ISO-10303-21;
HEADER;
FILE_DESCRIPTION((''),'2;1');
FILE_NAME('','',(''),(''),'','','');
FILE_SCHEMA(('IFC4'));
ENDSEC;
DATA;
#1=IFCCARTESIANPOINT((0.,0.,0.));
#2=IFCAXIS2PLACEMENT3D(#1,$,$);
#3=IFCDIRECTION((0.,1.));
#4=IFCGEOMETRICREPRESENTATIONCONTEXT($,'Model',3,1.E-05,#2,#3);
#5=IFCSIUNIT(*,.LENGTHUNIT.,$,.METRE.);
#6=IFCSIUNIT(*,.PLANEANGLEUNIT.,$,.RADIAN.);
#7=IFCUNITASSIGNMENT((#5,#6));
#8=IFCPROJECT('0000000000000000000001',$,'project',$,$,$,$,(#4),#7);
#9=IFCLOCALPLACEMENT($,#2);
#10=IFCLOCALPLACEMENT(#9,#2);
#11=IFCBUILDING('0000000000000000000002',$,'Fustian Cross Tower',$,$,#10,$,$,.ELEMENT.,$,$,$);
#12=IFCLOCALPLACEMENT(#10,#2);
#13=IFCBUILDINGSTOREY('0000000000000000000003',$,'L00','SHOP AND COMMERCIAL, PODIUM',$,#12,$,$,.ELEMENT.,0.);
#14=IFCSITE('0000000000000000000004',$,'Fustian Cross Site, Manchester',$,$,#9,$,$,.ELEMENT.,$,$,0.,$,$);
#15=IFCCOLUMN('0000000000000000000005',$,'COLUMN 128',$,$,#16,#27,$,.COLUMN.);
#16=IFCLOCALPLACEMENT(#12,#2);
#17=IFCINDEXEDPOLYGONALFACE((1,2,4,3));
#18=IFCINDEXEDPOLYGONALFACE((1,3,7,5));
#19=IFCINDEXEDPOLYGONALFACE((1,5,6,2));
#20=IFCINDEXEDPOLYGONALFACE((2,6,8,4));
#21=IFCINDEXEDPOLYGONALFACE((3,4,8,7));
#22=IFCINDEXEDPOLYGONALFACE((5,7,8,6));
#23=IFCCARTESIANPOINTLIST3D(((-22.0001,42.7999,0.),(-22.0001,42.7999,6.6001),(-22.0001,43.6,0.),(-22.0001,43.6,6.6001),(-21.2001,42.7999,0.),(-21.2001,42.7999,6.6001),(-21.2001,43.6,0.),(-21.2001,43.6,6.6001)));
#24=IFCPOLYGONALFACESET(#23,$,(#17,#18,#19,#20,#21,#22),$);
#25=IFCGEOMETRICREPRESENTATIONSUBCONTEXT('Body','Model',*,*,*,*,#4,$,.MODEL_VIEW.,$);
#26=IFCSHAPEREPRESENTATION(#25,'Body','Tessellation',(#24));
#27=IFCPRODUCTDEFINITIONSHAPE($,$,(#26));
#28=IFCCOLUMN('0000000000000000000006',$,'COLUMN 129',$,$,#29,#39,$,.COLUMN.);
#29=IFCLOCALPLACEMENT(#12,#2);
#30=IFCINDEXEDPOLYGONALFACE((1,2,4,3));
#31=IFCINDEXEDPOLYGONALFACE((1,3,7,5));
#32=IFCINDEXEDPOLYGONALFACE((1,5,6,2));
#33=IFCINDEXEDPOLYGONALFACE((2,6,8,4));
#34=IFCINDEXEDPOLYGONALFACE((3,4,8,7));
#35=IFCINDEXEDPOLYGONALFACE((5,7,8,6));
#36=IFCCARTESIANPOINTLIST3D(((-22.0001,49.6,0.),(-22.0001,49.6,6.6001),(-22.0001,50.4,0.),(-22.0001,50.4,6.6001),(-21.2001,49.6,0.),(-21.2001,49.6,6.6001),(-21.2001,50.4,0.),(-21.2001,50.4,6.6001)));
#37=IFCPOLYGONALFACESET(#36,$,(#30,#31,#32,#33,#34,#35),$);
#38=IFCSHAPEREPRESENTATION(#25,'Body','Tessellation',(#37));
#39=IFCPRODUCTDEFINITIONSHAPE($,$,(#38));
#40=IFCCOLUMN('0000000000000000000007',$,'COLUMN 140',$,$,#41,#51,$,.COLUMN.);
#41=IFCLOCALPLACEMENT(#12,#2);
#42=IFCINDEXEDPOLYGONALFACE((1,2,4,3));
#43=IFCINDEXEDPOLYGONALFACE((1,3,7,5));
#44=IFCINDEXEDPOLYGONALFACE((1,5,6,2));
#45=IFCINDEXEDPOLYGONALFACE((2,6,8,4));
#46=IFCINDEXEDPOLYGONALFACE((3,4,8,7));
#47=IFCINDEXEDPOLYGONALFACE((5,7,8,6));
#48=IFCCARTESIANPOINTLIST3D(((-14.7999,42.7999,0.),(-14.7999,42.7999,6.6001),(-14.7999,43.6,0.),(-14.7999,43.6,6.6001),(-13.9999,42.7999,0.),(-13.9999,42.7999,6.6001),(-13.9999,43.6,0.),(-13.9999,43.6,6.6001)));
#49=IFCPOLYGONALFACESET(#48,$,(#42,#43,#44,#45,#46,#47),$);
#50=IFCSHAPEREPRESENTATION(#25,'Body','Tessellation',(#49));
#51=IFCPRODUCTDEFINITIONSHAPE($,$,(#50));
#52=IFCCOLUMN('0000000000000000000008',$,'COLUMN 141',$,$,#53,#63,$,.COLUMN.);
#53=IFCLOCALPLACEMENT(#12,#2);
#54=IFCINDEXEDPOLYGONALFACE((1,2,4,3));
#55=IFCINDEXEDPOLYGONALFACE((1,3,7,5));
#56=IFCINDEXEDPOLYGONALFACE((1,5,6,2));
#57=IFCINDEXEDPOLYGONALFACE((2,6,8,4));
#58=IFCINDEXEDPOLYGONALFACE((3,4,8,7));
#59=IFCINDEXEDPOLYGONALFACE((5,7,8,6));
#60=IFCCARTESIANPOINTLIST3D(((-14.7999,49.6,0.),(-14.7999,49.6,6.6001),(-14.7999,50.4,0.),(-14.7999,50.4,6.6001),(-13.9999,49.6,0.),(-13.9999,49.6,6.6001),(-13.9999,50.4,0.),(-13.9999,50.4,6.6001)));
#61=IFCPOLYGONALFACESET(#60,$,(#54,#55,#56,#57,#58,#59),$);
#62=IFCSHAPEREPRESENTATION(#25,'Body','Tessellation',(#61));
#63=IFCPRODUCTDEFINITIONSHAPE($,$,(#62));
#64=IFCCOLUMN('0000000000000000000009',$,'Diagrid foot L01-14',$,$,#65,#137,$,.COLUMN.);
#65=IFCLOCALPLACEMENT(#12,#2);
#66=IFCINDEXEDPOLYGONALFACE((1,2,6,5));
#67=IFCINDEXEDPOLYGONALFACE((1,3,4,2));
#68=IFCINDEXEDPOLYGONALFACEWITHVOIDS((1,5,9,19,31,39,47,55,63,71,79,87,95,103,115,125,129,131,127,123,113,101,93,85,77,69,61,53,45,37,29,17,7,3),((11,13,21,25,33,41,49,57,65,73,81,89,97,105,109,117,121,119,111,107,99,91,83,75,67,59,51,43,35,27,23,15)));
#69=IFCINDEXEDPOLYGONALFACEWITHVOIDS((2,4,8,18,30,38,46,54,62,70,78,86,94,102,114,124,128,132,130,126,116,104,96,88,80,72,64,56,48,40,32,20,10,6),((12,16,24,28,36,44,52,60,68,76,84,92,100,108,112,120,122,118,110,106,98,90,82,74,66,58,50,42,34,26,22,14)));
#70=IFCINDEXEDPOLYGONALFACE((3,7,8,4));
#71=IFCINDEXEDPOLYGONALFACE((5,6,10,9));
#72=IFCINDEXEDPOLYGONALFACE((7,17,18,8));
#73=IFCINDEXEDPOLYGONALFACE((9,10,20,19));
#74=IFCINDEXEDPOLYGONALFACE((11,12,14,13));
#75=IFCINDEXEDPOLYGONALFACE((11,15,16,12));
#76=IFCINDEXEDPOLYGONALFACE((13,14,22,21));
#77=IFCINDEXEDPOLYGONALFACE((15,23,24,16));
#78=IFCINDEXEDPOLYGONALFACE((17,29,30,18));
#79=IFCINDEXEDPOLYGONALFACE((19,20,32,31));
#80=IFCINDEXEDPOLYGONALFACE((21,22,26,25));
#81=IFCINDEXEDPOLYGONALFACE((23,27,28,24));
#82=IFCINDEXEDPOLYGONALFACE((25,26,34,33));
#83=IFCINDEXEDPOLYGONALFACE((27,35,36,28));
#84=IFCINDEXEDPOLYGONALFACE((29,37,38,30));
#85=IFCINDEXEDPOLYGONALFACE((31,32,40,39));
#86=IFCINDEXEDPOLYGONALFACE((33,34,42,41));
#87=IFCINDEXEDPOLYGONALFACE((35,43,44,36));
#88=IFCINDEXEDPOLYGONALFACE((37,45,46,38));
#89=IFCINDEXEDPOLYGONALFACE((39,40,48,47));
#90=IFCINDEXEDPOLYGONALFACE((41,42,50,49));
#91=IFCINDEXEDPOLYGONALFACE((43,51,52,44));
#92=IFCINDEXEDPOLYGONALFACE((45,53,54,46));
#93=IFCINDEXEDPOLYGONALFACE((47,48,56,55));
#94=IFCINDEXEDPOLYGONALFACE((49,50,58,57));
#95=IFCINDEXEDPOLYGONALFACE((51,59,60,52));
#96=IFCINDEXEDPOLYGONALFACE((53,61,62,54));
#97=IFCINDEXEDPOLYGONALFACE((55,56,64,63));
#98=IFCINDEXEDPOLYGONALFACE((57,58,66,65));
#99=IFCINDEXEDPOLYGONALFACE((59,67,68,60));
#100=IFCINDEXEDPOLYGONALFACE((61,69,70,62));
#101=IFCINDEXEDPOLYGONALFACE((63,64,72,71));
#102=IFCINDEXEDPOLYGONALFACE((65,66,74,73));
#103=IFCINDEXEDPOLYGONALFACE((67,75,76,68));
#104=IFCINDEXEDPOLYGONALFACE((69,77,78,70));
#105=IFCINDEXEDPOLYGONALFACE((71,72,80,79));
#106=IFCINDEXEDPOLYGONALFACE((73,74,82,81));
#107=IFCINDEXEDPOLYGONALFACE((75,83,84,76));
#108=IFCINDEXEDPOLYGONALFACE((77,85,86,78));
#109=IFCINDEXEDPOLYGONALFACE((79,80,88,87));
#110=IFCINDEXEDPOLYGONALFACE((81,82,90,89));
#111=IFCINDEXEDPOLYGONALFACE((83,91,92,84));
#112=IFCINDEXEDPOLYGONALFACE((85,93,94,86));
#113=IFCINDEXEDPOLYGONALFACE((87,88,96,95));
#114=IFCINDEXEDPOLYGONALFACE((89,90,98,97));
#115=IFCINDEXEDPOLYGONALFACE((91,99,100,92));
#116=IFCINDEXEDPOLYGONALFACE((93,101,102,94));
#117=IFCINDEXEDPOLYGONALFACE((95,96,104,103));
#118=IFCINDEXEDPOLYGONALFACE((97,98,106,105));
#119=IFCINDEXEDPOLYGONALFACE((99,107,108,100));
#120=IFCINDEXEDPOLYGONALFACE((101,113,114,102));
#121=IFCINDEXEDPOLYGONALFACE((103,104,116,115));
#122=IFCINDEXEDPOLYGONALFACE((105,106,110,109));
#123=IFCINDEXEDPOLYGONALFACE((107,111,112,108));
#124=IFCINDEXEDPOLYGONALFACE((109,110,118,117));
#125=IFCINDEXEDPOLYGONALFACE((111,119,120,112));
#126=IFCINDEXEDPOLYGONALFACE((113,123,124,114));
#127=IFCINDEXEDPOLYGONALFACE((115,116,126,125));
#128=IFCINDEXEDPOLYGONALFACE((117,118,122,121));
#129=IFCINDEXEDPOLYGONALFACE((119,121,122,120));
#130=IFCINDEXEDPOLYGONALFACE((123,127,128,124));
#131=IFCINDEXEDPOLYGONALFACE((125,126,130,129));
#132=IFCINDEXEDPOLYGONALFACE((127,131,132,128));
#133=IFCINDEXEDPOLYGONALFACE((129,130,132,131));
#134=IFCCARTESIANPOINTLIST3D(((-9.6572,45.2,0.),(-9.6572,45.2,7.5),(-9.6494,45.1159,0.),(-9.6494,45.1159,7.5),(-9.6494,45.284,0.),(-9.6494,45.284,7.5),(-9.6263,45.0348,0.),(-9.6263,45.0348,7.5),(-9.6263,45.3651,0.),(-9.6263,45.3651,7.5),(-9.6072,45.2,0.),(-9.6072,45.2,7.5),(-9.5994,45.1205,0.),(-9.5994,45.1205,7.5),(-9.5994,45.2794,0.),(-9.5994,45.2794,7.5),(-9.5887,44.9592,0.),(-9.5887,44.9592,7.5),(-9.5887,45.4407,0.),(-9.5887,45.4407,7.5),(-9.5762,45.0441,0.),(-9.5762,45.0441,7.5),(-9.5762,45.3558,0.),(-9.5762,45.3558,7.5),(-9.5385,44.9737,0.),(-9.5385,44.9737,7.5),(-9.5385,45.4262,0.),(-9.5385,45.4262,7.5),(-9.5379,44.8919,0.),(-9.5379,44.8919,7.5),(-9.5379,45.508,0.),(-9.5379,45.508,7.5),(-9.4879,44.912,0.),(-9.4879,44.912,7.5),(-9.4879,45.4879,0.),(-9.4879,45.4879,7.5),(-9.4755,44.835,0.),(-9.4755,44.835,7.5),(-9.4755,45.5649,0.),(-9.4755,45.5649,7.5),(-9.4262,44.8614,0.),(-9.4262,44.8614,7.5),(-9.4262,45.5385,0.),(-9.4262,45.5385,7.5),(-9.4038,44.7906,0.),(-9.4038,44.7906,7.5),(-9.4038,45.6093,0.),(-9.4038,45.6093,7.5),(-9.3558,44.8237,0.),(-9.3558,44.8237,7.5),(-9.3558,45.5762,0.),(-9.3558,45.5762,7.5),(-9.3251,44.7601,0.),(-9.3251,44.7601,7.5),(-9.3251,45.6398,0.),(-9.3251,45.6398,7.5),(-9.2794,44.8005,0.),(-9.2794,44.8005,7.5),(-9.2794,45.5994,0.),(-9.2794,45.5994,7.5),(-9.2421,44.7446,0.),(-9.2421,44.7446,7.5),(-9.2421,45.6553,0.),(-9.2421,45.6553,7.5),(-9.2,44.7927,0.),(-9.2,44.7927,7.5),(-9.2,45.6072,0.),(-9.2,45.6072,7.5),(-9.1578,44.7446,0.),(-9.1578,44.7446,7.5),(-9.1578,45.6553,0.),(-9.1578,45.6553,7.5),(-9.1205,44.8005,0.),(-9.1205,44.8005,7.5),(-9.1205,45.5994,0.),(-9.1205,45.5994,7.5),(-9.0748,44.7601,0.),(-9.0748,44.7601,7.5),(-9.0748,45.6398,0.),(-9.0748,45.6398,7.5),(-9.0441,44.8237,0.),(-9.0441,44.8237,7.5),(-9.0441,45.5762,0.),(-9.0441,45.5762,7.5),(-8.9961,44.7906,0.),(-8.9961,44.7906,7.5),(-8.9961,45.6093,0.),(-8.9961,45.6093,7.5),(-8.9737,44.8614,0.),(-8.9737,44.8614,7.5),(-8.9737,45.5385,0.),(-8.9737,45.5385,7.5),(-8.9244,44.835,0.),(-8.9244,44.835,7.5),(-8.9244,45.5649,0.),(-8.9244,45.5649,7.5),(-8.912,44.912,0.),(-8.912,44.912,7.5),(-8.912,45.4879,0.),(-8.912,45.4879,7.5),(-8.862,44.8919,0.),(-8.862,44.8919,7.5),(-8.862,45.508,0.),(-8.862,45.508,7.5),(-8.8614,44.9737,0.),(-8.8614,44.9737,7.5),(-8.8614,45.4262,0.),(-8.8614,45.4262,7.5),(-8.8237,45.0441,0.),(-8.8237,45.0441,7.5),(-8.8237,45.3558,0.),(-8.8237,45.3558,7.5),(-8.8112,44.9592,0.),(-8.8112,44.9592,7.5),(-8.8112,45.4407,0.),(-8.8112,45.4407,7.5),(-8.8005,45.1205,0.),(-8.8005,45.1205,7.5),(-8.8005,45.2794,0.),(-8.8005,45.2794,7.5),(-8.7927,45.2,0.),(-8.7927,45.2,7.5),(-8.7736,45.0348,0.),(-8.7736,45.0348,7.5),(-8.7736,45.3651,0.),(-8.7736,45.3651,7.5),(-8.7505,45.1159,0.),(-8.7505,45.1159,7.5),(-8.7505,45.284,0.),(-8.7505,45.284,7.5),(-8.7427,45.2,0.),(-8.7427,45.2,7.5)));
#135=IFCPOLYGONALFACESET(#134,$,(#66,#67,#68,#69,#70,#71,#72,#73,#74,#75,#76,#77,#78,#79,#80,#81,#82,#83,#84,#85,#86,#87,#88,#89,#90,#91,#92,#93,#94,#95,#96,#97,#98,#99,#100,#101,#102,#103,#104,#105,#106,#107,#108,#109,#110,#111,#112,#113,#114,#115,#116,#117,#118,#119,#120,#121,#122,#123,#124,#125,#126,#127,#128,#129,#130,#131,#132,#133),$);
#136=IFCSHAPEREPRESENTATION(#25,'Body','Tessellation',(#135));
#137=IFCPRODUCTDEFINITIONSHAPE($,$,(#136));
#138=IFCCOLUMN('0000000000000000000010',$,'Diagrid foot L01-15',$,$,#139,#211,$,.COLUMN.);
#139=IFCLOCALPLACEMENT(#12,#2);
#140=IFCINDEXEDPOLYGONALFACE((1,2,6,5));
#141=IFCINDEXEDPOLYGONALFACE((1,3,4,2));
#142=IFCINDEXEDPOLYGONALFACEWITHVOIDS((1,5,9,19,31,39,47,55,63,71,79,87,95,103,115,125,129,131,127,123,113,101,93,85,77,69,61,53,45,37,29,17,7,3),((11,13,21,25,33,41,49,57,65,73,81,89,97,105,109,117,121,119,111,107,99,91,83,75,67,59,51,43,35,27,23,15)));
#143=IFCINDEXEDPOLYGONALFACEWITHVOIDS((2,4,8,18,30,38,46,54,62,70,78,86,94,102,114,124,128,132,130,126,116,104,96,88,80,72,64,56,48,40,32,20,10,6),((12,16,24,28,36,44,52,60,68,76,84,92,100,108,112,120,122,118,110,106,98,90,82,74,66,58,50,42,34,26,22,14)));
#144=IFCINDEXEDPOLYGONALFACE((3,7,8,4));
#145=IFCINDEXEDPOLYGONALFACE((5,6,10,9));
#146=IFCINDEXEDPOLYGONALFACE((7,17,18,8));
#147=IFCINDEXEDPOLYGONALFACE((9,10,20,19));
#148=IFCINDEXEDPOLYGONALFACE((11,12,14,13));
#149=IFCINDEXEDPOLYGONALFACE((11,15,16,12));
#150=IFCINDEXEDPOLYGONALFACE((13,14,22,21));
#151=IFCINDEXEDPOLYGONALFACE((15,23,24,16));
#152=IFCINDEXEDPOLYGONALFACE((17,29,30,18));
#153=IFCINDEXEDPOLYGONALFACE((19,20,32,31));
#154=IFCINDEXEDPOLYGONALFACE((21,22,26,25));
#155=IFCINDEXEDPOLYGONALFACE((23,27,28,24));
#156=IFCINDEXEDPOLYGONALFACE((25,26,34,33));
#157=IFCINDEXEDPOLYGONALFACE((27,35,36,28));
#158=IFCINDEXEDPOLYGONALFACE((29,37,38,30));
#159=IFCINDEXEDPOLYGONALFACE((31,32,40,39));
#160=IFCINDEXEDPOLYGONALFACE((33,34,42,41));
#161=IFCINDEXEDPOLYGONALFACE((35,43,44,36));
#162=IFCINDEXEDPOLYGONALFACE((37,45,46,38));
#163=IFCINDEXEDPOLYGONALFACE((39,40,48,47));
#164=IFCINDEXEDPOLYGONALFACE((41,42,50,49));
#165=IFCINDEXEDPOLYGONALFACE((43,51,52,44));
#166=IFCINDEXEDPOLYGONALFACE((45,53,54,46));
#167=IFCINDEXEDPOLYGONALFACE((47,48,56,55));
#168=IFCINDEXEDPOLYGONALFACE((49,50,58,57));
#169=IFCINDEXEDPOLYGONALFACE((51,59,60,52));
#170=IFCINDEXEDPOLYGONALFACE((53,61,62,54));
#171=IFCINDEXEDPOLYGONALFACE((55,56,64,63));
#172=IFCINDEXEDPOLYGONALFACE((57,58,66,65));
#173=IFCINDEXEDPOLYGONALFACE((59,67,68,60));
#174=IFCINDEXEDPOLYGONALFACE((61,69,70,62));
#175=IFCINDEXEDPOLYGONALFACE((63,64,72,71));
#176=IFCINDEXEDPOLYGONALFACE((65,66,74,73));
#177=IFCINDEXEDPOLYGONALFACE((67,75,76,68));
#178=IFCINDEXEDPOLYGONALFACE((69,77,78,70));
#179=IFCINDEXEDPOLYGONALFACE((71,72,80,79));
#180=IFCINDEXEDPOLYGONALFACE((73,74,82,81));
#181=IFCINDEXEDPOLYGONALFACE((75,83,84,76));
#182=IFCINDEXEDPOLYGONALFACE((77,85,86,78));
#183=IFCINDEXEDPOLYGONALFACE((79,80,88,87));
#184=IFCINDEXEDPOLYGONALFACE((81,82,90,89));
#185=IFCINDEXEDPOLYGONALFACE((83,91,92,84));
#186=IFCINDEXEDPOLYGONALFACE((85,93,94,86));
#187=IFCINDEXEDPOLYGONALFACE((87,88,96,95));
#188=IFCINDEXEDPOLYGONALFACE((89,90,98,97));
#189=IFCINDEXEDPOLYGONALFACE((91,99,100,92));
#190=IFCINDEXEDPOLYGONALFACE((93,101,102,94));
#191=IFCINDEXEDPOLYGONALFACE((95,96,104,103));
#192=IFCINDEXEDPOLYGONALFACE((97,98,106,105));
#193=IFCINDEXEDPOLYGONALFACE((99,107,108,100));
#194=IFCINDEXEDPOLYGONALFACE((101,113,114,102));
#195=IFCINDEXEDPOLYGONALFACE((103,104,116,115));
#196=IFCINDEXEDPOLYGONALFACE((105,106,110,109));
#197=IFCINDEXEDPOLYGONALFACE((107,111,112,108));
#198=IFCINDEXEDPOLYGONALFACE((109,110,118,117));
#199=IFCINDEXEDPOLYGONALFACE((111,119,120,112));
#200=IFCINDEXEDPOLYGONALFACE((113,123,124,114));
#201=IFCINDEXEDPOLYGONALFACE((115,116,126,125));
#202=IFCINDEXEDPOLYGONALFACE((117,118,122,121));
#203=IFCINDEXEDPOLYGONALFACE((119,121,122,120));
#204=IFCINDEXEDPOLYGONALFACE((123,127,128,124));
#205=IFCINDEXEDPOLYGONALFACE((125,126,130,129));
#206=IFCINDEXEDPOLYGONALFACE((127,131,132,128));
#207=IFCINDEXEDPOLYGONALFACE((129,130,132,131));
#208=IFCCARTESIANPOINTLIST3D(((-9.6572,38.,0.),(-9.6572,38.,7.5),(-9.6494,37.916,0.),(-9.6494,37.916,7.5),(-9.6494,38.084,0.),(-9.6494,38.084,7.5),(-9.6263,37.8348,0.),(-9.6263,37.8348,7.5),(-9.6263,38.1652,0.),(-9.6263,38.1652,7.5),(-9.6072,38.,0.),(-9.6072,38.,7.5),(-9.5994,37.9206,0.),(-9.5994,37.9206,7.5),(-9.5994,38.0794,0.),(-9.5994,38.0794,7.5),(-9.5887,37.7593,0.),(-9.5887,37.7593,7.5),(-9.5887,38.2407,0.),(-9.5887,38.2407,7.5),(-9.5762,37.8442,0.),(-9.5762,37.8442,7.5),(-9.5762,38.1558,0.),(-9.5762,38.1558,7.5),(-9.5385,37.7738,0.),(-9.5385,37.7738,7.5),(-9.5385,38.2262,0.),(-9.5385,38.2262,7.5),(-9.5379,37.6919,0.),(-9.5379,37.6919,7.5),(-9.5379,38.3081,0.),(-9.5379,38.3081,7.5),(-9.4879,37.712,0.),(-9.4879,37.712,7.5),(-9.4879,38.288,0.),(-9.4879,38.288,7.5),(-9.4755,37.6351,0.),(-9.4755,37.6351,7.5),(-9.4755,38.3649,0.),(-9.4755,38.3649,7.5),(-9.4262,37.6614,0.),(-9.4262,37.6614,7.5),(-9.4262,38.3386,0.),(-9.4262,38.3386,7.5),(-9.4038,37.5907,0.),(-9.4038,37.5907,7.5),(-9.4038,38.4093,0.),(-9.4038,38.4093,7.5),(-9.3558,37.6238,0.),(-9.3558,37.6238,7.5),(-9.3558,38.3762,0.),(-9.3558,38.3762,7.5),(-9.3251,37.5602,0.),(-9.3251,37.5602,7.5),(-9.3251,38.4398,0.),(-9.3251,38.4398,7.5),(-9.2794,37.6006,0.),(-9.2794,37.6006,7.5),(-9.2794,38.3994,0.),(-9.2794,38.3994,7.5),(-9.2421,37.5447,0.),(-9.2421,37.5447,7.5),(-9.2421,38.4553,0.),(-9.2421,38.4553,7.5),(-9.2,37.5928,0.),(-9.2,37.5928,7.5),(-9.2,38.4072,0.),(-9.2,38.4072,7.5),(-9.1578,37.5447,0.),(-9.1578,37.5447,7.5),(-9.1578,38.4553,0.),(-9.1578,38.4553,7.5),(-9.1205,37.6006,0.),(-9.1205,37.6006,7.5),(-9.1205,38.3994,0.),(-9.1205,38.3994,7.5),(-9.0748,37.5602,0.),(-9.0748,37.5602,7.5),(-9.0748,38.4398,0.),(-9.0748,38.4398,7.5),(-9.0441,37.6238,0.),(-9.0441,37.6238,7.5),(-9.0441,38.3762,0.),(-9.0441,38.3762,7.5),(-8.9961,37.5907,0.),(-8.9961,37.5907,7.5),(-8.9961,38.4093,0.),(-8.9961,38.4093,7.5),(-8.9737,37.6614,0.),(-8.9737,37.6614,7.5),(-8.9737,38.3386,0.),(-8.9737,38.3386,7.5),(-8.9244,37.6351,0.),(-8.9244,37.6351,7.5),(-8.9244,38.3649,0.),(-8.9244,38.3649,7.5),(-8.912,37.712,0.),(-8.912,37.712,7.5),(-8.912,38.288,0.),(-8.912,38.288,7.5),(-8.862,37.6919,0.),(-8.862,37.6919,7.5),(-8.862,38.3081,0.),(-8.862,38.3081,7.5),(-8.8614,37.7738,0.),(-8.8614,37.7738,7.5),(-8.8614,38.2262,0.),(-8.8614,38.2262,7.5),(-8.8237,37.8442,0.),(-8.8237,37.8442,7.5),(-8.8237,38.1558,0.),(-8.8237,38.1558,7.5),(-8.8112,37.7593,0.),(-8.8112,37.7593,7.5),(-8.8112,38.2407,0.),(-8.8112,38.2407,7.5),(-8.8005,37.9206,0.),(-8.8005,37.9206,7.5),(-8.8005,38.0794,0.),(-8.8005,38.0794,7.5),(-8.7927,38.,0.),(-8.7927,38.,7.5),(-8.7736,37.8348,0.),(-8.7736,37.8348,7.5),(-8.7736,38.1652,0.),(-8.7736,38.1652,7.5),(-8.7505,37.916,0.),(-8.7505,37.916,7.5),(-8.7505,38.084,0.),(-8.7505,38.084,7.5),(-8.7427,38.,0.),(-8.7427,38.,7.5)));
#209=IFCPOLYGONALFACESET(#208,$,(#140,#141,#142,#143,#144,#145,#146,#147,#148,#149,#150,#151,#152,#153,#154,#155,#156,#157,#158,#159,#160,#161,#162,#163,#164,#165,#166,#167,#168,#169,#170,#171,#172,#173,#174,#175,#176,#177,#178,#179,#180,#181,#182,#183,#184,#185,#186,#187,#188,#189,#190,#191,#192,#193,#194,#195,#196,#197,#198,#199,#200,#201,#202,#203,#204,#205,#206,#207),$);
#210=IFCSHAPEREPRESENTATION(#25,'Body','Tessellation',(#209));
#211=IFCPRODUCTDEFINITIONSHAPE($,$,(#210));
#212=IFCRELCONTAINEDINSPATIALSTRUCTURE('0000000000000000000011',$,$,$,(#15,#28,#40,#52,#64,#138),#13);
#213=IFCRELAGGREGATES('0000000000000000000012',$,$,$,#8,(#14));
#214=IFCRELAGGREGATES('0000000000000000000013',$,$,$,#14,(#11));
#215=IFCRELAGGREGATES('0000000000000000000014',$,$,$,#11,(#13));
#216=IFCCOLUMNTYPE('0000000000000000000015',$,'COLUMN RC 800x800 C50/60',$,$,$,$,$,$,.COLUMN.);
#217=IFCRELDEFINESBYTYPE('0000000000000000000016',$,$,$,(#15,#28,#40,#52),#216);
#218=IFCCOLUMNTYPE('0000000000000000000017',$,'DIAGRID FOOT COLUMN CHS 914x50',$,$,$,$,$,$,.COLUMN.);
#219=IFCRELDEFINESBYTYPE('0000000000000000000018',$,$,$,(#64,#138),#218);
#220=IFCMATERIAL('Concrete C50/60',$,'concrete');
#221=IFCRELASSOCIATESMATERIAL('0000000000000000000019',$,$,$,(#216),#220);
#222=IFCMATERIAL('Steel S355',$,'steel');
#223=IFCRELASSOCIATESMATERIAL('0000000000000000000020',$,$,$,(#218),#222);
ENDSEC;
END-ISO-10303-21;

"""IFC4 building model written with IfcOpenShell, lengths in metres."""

from ifc_helpers import new_model, si_unit, direction, frame, origin, origin_2d, place, context, subcontext, project, spatial, rectangle, hollow_circle, extrude, material, material_profile, profile_set, type_object, element, save


model = new_model("IFC4")

# Units and contexts
model_context = context("Model", 3, precision=1e-05, world=origin(), true_north=direction((0.0, 1.0)))
body_context = subcontext(model_context, "Body", "Model", "MODEL_VIEW")
ifc_project = project(units=[si_unit("LENGTHUNIT", "METRE"), si_unit("PLANEANGLEUNIT", "RADIAN")], contexts=[model_context])

# Site, building, storey
site_placement = place(None, origin())
site = spatial("IfcSite", under=ifc_project, at=site_placement, Name="Fustian Cross Site, Manchester", CompositionType="ELEMENT", RefElevation=0.0)
building_placement = place(site_placement, origin())
building = spatial("IfcBuilding", under=site, at=building_placement, Name="Fustian Cross Tower", CompositionType="ELEMENT")
storey_placement = place(building_placement, origin())
storey = spatial("IfcBuildingStorey", under=building, at=storey_placement, Name="L00", Description="SHOP AND COMMERCIAL, PODIUM", CompositionType="ELEMENT", Elevation=0.0)

# Columns
ifc_material_1 = material(Name="Concrete C50/60", Category="concrete")
ifc_material_profile_1 = material_profile(ifc_material_1, rectangle(XDim=0.8, YDim=0.8, at=origin_2d()), Name="RC 800x800")
ifc_profile_set_1 = profile_set([ifc_material_profile_1], Name="Concrete C50/60")
column_type_1 = type_object("IfcColumnType", Name="COLUMN RC 800x800 C50/60", PredefinedType="COLUMN", material=ifc_profile_set_1)
for number, where, z_axis, x_axis, name in (
    (1, (-21.6001, 43.2, 0.0), (0.0, 0.0, 1.0), (1.0, 0.0, 0.0), "COLUMN 128"),
    (2, (-21.6001, 50.0, 0.0), (0.0, 0.0, 1.0), (1.0, 0.0, 0.0), "COLUMN 129"),
    (3, (-14.3999, 43.2, 0.0), (0.0, 0.0, 1.0), (1.0, 0.0, 0.0), "COLUMN 140"),
    (4, (-14.3999, 50.0, 0.0), (0.0, 0.0, 1.0), (1.0, 0.0, 0.0), "COLUMN 141"),
):
    element("IfcColumn", number, at=place(storey_placement, frame(where, z_axis=z_axis, x_axis=x_axis)), inside=storey, type_object=column_type_1, Name=name, PredefinedType="COLUMN", context=body_context, shape_type="SweptSolid", body=[
        extrude(rectangle(XDim=0.8, YDim=0.8, at=origin_2d()), origin(), (0.0, 0.0, 1.0), 6.6001),
    ])
ifc_material_2 = material(Name="Steel S355", Category="steel")
ifc_material_profile_2 = material_profile(ifc_material_2, hollow_circle(Radius=0.4573, WallThickness=0.05, at=origin_2d()), Name="CHS 914x50")
ifc_profile_set_2 = profile_set([ifc_material_profile_2], Name="Steel S355")
column_type_2 = type_object("IfcColumnType", Name="DIAGRID FOOT COLUMN CHS 914x50", PredefinedType="COLUMN", material=ifc_profile_set_2)
for number, where, z_axis, x_axis, name in (
    (5, (-9.2, 45.2, 0.0), (0.0, 0.0, 1.0), (1.0, 0.0, 0.0), "Diagrid foot L01-14"),
    (6, (-9.2, 38.0, 0.0), (0.0, 0.0, 1.0), (1.0, 0.0, 0.0), "Diagrid foot L01-15"),
):
    element("IfcColumn", number, at=place(storey_placement, frame(where, z_axis=z_axis, x_axis=x_axis)), inside=storey, type_object=column_type_2, Name=name, PredefinedType="COLUMN", context=body_context, shape_type="SweptSolid", body=[
        extrude(hollow_circle(Radius=0.4573, WallThickness=0.05, at=origin_2d()), origin(), (0.0, 0.0, 1.0), 7.5),
    ])

save(model, "model.ifc")
